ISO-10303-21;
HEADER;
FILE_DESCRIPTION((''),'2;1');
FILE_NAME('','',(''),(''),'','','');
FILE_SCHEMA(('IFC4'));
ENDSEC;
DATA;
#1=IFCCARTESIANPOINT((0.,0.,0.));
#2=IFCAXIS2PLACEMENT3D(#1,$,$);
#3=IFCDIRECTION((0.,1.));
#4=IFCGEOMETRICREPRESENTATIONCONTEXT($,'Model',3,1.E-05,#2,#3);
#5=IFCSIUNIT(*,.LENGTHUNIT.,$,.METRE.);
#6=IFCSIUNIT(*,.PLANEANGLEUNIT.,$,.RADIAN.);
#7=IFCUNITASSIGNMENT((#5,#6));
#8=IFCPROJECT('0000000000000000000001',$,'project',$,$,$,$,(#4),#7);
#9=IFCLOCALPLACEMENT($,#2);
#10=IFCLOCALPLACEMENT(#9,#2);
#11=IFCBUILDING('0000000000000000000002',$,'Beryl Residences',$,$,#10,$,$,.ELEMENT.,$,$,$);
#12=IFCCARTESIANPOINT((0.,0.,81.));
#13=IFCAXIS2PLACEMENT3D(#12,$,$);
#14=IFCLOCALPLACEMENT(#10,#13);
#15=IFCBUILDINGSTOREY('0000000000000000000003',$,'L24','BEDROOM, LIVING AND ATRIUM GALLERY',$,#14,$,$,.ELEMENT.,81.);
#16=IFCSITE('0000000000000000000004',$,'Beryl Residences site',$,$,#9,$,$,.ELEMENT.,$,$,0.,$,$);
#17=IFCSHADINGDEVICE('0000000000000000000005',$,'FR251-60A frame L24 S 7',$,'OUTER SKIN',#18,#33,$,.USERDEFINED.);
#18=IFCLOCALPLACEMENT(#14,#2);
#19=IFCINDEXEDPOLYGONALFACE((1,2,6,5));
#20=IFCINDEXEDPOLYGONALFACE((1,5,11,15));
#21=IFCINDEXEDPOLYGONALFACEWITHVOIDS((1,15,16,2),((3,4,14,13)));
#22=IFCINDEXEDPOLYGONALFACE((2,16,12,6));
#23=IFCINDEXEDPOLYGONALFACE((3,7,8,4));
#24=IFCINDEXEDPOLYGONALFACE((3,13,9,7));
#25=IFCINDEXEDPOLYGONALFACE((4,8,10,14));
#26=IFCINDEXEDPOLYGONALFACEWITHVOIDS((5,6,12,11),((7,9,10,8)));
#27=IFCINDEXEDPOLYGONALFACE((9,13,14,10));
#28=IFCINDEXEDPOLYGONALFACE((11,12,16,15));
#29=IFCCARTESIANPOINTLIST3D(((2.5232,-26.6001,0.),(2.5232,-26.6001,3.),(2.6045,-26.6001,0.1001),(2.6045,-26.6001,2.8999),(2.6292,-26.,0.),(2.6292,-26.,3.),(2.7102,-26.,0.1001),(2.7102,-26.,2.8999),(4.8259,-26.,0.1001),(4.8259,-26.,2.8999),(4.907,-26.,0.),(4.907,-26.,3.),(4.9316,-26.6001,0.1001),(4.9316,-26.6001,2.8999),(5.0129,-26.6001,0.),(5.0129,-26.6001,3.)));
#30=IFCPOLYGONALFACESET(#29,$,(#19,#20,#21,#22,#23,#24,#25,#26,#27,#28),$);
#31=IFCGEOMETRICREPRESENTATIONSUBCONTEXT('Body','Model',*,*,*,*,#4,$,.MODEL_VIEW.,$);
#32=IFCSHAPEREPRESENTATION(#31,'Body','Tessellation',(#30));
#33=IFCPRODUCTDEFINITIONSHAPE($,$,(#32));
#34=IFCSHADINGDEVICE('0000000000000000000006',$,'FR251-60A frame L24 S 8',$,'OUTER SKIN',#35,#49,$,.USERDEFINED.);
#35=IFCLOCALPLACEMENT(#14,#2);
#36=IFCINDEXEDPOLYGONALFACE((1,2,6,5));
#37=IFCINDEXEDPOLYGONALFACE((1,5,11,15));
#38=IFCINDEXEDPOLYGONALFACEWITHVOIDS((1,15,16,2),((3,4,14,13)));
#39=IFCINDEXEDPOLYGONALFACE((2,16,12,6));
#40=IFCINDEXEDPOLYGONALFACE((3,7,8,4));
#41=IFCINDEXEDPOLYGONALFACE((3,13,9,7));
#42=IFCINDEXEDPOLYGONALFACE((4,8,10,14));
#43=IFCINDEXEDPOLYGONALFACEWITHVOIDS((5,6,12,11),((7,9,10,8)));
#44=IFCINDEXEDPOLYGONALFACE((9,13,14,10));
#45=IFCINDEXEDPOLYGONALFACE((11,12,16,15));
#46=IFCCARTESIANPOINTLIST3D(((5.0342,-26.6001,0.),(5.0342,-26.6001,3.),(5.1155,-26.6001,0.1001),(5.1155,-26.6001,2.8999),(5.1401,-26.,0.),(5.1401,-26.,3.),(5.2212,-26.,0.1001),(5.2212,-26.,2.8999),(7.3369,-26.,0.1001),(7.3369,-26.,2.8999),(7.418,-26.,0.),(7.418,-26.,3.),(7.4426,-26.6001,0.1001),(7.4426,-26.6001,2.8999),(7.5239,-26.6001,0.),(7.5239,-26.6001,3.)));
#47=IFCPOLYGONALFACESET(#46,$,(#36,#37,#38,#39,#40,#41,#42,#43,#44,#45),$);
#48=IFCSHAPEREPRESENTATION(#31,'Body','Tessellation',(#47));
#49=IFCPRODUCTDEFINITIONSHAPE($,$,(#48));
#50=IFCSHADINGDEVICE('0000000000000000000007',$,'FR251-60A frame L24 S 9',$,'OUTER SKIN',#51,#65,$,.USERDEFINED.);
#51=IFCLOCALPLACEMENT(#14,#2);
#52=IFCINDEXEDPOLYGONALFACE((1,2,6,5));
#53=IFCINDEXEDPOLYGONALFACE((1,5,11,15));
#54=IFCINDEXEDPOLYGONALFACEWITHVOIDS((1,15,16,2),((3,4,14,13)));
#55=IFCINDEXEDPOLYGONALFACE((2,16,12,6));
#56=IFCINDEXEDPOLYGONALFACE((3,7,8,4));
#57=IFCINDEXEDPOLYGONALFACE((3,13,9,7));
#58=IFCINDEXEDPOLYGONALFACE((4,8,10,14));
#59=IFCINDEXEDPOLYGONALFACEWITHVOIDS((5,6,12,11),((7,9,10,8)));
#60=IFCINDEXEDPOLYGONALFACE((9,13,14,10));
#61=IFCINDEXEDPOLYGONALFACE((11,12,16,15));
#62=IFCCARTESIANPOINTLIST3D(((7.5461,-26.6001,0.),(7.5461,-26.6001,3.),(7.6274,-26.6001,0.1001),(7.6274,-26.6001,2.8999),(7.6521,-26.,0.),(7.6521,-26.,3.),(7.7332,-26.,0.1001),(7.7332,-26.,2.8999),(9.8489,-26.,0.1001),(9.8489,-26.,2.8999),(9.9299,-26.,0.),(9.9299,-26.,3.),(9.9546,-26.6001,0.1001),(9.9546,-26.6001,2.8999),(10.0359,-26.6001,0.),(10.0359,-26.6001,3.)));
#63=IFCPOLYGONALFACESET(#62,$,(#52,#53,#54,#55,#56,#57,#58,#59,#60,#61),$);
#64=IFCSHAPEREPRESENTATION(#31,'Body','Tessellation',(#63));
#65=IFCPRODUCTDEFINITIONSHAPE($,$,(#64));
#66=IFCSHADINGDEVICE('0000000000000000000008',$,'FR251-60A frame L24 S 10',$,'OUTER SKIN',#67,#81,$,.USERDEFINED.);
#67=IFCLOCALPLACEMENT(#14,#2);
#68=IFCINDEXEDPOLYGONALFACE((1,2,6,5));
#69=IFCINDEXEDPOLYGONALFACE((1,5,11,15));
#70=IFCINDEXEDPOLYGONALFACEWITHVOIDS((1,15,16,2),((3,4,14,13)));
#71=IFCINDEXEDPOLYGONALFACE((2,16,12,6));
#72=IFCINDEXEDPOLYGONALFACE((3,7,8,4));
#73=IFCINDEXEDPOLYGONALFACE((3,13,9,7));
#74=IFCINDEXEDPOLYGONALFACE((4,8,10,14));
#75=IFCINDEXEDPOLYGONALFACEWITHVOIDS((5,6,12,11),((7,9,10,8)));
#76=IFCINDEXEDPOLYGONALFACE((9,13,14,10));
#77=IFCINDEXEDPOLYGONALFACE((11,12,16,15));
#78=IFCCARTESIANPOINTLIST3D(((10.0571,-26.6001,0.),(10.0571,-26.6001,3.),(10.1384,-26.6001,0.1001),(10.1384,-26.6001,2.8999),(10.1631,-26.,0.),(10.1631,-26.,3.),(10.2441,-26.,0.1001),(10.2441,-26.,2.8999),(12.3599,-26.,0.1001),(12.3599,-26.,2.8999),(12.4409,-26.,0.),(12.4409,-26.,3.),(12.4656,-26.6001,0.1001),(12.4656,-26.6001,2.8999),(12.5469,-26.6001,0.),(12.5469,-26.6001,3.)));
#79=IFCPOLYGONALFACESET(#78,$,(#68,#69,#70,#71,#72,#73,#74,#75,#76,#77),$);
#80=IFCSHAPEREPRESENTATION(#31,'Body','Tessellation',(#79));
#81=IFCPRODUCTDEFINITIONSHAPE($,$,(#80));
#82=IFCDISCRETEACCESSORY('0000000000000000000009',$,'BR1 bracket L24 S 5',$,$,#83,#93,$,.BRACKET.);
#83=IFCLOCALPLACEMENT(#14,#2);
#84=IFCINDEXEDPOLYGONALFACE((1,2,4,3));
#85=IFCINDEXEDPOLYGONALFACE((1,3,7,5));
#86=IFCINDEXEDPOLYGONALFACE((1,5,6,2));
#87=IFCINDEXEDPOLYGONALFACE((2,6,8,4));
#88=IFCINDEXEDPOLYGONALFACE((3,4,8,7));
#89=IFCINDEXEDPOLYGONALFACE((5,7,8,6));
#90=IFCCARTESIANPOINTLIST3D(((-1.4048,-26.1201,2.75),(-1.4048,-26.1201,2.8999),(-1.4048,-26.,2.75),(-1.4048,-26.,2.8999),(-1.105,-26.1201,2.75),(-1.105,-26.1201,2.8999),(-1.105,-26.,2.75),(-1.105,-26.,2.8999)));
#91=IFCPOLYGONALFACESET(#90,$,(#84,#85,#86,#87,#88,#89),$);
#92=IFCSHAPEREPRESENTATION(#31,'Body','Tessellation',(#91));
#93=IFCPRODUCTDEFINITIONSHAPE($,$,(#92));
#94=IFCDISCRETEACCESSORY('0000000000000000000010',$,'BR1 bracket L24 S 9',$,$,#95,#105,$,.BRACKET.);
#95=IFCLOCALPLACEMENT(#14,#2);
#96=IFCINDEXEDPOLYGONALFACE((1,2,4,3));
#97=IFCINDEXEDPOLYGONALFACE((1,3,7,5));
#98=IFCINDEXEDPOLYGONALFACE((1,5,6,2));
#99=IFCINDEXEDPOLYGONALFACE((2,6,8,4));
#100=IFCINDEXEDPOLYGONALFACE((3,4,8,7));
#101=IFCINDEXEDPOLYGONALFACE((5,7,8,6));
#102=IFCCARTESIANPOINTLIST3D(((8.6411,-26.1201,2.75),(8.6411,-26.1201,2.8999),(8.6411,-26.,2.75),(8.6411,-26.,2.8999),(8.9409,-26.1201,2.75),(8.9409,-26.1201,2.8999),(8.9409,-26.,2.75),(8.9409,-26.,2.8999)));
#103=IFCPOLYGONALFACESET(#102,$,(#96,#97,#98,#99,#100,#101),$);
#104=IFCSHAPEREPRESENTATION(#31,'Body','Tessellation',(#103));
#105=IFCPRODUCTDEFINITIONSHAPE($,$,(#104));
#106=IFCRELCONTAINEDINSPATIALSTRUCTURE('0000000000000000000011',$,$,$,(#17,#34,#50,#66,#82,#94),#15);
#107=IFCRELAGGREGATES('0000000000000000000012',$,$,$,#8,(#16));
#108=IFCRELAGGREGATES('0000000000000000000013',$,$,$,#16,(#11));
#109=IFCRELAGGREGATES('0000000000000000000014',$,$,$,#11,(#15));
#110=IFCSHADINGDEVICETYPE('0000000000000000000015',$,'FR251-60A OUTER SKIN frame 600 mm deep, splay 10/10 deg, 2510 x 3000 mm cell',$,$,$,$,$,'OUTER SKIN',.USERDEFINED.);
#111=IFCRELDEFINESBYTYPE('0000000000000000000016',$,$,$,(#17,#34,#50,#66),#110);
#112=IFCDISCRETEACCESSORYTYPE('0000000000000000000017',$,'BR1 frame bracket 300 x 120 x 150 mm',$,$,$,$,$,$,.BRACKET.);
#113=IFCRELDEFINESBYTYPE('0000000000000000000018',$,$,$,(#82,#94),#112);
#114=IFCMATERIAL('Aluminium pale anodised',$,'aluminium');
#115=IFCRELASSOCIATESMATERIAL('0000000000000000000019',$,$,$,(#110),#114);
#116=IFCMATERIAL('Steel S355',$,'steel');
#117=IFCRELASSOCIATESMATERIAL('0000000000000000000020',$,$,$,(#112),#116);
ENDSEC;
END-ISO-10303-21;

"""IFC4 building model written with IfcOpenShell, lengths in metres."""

from ifc_helpers import new_model, entity, si_unit, direction, frame, origin, place, context, subcontext, project, spatial, polyline, outline, extrude, source, transform, mapped, material, type_object, type_shapes, element, save


model = new_model("IFC4")

# Units and contexts
model_context = context("Model", 3, precision=1e-05, world=origin(), true_north=direction((0.0, 1.0)))
body_context = subcontext(model_context, "Body", "Model", "MODEL_VIEW")
ifc_project = project(units=[si_unit("LENGTHUNIT", "METRE"), si_unit("PLANEANGLEUNIT", "RADIAN")], contexts=[model_context])

# Site, building, storey
site_placement = place(None, origin())
site = spatial("IfcSite", under=ifc_project, at=site_placement, Name="Beryl Residences site", CompositionType="ELEMENT", RefElevation=0.0)
building_placement = place(site_placement, origin())
building = spatial("IfcBuilding", under=site, at=building_placement, Name="Beryl Residences", CompositionType="ELEMENT")
storey_placement = place(building_placement, frame((0.0, 0.0, 81.0)))
storey = spatial("IfcBuildingStorey", under=building, at=storey_placement, Name="L24", Description="BEDROOM, LIVING AND ATRIUM GALLERY", CompositionType="ELEMENT", Elevation=81.0)

# Shading devices
ifc_material_1 = material(Name="Aluminium pale anodised", Category="aluminium")
shading_device_type = type_object("IfcShadingDeviceType", Name="FR251-60A OUTER SKIN frame 600 mm deep, splay 10/10 deg, 2510 x 3000 mm cell", ElementType="OUTER SKIN", PredefinedType="USERDEFINED", material=ifc_material_1)
cartesian_point_1 = entity("IfcCartesianPoint", [-1.1389, 0.0])
cartesian_point_2 = entity("IfcCartesianPoint", [-1.0579, 0.1001])
cartesian_point_3 = entity("IfcCartesianPoint", [-1.2449, 0.0])
cartesian_point_4 = entity("IfcCartesianPoint", [-1.1636, 0.1001])
shared_shape_1 = source(origin(), body_context, "Body", "SweptSolid", [
    entity("IfcExtrudedAreaSolidTapered", entity("IfcArbitraryProfileDefWithVoids", "AREA", None, entity("IfcPolyline", [cartesian_point_1, entity("IfcCartesianPoint", [1.1389, 0.0]), entity("IfcCartesianPoint", [1.1389, 3.0]), entity("IfcCartesianPoint", [-1.1389, 3.0]), cartesian_point_1]), [entity("IfcPolyline", [cartesian_point_2, entity("IfcCartesianPoint", [1.0579, 0.1001]), entity("IfcCartesianPoint", [1.0579, 2.8999]), entity("IfcCartesianPoint", [-1.0579, 2.8999]), cartesian_point_2])]), entity("IfcAxis2Placement3D", entity("IfcCartesianPoint", [0.0, 0.0, 0.0]), entity("IfcDirection", [0.0, 1.0, 0.0]), entity("IfcDirection", [-1.0, 0.0, 0.0])), entity("IfcDirection", [0.0, 0.0, 1.0]), 0.6001, entity("IfcArbitraryProfileDefWithVoids", "AREA", None, entity("IfcPolyline", [cartesian_point_3, entity("IfcCartesianPoint", [1.2449, 0.0]), entity("IfcCartesianPoint", [1.2449, 3.0]), entity("IfcCartesianPoint", [-1.2449, 3.0]), cartesian_point_3]), [entity("IfcPolyline", [cartesian_point_4, entity("IfcCartesianPoint", [1.1636, 0.1001]), entity("IfcCartesianPoint", [1.1636, 2.8999]), entity("IfcCartesianPoint", [-1.1636, 2.8999]), cartesian_point_4])])),
])
type_shapes(shading_device_type, [shared_shape_1])
for number, where, z_axis, x_axis, name in (
    (1, (3.7681, -26.0, 0.0), (0.0, 0.0, 1.0), (-1.0, 0.0, 0.0), "FR251-60A frame L24 S 7"),
    (2, (6.2791, -26.0, 0.0), (0.0, 0.0, 1.0), (-1.0, 0.0, 0.0), "FR251-60A frame L24 S 8"),
    (3, (8.791, -26.0, 0.0), (0.0, 0.0, 1.0), (-1.0, 0.0, 0.0), "FR251-60A frame L24 S 9"),
    (4, (11.302, -26.0, 0.0), (0.0, 0.0, 1.0), (-1.0, 0.0, 0.0), "FR251-60A frame L24 S 10"),
):
    element("IfcShadingDevice", number, at=place(storey_placement, frame(where, z_axis=z_axis, x_axis=x_axis)), inside=storey, type_object=shading_device_type, Name=name, ObjectType="OUTER SKIN", PredefinedType="USERDEFINED", context=body_context, shape_type="MappedRepresentation", body=[
        mapped(shared_shape_1, transform((0.0, 0.0, 0.0))),
    ])

# Discrete accessories
ifc_material_2 = material(Name="Steel S355", Category="steel")
discrete_accessory_type = type_object("IfcDiscreteAccessoryType", Name="BR1 frame bracket 300 x 120 x 150 mm", PredefinedType="BRACKET", material=ifc_material_2)
shared_shape_2 = source(origin(), body_context, "Body", "SweptSolid", [
    extrude(outline(polyline([(-0.1499, 0.0), (0.1499, 0.0), (0.1499, 0.1201), (-0.1499, 0.1201), (-0.1499, 0.0)])), origin(), (0.0, 0.0, 1.0), 0.1499),
])
type_shapes(discrete_accessory_type, [shared_shape_2])
for number, where, z_axis, x_axis, name in (
    (5, (-1.2549, -26.0, 2.75), (0.0, 0.0, 1.0), (-1.0, 0.0, 0.0), "BR1 bracket L24 S 5"),
    (6, (8.791, -26.0, 2.75), (0.0, 0.0, 1.0), (-1.0, 0.0, 0.0), "BR1 bracket L24 S 9"),
):
    element("IfcDiscreteAccessory", number, at=place(storey_placement, frame(where, z_axis=z_axis, x_axis=x_axis)), inside=storey, type_object=discrete_accessory_type, Name=name, PredefinedType="BRACKET", context=body_context, shape_type="MappedRepresentation", body=[
        mapped(shared_shape_2, transform((0.0, 0.0, 0.0))),
    ])

save(model, "model.ifc")
